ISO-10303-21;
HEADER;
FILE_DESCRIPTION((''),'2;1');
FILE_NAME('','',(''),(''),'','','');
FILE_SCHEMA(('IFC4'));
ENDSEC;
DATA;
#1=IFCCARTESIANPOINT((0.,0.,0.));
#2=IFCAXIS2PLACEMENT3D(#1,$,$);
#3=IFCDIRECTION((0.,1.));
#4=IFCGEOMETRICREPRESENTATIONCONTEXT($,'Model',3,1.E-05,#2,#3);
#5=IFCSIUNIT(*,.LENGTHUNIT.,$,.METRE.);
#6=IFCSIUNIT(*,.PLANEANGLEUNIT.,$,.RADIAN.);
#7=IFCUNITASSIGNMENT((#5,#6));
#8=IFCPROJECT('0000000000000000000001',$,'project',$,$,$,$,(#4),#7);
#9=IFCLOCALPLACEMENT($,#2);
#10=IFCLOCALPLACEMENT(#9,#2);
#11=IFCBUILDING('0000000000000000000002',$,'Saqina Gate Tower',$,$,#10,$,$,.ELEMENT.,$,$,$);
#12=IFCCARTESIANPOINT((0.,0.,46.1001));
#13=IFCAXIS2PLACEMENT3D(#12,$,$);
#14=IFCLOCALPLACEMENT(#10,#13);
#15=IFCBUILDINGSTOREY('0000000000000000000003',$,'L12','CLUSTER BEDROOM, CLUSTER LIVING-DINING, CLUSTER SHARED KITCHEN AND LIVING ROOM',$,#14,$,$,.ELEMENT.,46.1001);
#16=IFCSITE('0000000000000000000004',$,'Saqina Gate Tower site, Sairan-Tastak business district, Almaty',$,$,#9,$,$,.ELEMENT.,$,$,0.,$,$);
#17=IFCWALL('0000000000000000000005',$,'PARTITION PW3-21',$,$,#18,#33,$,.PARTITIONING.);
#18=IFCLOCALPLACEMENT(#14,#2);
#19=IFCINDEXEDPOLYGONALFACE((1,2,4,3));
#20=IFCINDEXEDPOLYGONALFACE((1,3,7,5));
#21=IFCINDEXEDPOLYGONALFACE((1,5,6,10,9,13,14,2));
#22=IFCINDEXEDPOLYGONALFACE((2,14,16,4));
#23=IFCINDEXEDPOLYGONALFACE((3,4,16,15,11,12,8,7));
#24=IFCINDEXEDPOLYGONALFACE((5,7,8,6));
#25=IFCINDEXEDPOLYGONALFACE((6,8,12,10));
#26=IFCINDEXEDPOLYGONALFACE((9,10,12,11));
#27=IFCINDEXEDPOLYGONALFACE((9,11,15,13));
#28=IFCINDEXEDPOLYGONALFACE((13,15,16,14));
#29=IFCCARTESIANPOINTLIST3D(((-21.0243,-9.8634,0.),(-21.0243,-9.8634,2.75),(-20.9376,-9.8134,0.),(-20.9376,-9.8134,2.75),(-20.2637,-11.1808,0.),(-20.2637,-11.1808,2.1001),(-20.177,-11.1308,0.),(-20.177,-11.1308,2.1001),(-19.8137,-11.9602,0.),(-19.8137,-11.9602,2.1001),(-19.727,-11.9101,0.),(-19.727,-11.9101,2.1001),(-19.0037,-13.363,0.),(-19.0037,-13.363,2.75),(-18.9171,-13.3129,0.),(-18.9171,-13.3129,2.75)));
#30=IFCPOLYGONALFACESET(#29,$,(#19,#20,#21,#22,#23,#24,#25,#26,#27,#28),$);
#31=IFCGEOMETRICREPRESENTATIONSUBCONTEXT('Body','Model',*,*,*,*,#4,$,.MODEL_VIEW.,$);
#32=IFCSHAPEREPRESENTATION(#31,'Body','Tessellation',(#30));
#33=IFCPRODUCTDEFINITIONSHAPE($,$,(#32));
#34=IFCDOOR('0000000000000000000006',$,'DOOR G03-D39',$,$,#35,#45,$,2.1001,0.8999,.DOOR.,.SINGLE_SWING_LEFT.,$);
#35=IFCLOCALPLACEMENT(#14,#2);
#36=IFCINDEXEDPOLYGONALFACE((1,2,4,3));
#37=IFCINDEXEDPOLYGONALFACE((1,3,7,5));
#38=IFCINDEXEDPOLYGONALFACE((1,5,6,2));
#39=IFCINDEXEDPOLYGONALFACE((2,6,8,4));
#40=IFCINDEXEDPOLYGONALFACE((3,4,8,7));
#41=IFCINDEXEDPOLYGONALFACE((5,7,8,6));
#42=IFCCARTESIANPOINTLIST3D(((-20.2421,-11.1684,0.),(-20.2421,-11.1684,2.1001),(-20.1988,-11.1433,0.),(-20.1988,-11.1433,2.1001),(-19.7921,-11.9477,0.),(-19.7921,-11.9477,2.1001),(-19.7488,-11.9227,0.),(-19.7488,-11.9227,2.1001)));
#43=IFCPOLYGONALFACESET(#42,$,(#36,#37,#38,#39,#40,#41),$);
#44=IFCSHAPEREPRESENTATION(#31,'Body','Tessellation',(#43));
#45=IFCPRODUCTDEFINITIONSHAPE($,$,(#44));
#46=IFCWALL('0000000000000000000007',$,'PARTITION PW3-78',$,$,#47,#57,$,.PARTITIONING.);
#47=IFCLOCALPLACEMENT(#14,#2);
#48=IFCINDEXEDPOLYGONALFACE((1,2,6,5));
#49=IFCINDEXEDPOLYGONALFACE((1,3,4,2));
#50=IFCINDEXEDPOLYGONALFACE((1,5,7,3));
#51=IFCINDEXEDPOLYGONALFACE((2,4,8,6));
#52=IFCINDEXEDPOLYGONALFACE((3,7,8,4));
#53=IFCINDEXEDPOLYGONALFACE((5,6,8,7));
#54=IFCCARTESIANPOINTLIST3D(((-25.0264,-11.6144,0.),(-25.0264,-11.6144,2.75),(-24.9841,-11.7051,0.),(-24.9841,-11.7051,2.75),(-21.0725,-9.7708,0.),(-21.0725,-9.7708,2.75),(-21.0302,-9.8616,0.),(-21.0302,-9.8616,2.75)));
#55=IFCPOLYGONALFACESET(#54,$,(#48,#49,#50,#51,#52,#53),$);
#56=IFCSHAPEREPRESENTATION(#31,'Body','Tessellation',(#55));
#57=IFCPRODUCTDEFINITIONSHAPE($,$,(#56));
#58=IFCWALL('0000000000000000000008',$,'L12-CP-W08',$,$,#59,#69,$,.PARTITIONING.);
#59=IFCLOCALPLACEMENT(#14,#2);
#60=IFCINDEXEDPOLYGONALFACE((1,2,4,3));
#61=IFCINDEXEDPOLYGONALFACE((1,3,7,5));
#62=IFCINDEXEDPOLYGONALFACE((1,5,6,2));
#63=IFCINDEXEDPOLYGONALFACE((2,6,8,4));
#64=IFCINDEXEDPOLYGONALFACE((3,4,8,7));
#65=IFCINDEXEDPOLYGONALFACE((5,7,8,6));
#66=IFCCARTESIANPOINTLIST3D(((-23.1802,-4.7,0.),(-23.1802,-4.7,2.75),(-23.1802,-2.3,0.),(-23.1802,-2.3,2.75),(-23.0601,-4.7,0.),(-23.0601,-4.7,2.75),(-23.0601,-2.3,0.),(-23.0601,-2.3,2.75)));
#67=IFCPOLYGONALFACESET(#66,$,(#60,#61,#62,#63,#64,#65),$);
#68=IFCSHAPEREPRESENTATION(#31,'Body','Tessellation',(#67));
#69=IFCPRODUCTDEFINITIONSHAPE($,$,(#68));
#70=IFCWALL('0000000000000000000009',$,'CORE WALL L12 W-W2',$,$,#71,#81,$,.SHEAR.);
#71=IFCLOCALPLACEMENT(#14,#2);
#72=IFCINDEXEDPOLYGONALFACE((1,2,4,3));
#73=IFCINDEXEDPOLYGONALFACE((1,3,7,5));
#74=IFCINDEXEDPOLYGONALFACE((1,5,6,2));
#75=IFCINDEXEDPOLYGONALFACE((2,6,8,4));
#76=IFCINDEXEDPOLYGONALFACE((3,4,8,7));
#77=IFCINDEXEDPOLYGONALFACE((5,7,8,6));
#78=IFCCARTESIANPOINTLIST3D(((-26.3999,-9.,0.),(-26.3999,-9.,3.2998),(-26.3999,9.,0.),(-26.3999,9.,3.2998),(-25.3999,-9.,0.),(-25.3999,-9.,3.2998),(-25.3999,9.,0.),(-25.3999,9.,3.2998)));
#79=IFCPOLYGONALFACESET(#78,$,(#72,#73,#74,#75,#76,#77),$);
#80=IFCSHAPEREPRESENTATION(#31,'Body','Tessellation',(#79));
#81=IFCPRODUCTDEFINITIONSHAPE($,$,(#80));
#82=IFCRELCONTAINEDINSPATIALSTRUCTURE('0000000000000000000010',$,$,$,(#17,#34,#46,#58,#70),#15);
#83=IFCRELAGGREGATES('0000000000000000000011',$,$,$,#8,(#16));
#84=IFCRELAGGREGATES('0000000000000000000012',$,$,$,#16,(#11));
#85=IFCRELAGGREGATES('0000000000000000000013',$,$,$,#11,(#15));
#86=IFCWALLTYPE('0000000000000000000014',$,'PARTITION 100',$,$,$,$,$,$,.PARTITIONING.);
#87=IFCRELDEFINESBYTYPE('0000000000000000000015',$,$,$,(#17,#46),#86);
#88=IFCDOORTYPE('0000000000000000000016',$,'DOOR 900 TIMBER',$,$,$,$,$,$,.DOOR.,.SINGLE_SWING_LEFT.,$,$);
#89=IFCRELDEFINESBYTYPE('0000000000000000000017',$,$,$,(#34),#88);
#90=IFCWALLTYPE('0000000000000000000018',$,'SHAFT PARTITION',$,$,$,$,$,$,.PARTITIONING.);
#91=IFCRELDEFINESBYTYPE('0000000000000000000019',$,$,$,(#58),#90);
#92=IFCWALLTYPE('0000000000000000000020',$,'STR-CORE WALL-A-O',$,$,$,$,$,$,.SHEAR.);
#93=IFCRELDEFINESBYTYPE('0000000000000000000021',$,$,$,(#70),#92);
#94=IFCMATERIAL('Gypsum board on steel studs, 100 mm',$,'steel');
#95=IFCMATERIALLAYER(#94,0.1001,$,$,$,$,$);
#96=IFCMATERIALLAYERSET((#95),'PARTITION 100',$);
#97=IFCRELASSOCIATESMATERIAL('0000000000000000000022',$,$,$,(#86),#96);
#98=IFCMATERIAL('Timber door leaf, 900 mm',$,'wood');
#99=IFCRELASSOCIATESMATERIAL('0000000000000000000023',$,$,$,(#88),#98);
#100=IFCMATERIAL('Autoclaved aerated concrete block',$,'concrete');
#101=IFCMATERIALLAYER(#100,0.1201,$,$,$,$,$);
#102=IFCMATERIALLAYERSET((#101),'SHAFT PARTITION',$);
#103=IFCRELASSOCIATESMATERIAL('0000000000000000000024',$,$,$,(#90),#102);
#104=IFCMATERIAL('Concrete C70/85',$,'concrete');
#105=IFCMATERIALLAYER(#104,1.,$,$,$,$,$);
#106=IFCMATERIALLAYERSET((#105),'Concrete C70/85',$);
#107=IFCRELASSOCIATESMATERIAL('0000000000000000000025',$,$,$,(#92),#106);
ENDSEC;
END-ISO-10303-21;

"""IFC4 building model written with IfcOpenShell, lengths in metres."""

from ifc_helpers import new_model, si_unit, direction, frame, frame_2d, origin, place, context, subcontext, project, spatial, rectangle, extrude, material, layer, layer_set, type_object, element, fill, save


model = new_model("IFC4")

# Units and contexts
model_context = context("Model", 3, precision=1e-05, world=origin(), true_north=direction((0.0, 1.0)))
body_context = subcontext(model_context, "Body", "Model", "MODEL_VIEW")
ifc_project = project(units=[si_unit("LENGTHUNIT", "METRE"), si_unit("PLANEANGLEUNIT", "RADIAN")], contexts=[model_context])

# Site, building, storey
site_placement = place(None, origin())
site = spatial("IfcSite", under=ifc_project, at=site_placement, Name="Saqina Gate Tower site, Sairan-Tastak business district, Almaty", CompositionType="ELEMENT", RefElevation=0.0)
building_placement = place(site_placement, origin())
building = spatial("IfcBuilding", under=site, at=building_placement, Name="Saqina Gate Tower", CompositionType="ELEMENT")
storey_placement = place(building_placement, frame((0.0, 0.0, 46.1001)))
storey = spatial("IfcBuildingStorey", under=building, at=storey_placement, Name="L12", Description="CLUSTER BEDROOM, CLUSTER LIVING-DINING, CLUSTER SHARED KITCHEN AND LIVING ROOM", CompositionType="ELEMENT", Elevation=46.1001)

# Wall, opening, door
ifc_material_1 = material(Name="Gypsum board on steel studs, 100 mm", Category="steel")
ifc_layer_1 = layer(ifc_material_1, 0.1001)
ifc_layer_set_1 = layer_set([ifc_layer_1], Name="PARTITION 100")
wall_type_1 = type_object("IfcWallType", Name="PARTITION 100", PredefinedType="PARTITIONING", material=ifc_layer_set_1)
wall_1_placement = place(storey_placement, frame((-20.981, -9.8384, 0.0), z_axis=(0.0, 0.0, 1.0), x_axis=(0.500012, -0.866019, 0.0)))
wall_1 = element("IfcWall", 1, at=wall_1_placement, inside=storey, type_object=wall_type_1, Name="PARTITION PW3-21", PredefinedType="PARTITIONING", context=body_context, shape_type="SweptSolid", body=[
    extrude(rectangle(XDim=4.041, YDim=0.1001, at=frame_2d((2.0205, 0.0))), origin(), (0.0, 0.0, 1.0), 2.75),
])
opening_1_placement = place(wall_1_placement, frame((1.5212, 0.0, 0.0)))
opening_1 = element("IfcOpeningElement", 2, at=opening_1_placement, cuts=wall_1, PredefinedType="OPENING", context=body_context, shape_type="SweptSolid", body=[
    extrude(rectangle(XDim=0.8999, YDim=2.1001, at=frame_2d((0.45, 1.05))), frame((0.0, 0.062, 0.0), z_axis=(0.0, -1.0, 0.0), x_axis=(1.0, 0.0, 0.0)), (0.0, 0.0, 1.0), 0.124),
])
ifc_material_2 = material(Name="Timber door leaf, 900 mm", Category="wood")
door_type_1 = type_object("IfcDoorType", Name="DOOR 900 TIMBER", OperationType="SINGLE_SWING_LEFT", PredefinedType="DOOR", material=ifc_material_2)
door_1_placement = place(opening_1_placement, origin())
door_1 = element("IfcDoor", 3, at=door_1_placement, inside=storey, type_object=door_type_1, Name="DOOR G03-D39", OperationType="SINGLE_SWING_LEFT", OverallHeight=2.1001, OverallWidth=0.8999, PredefinedType="DOOR", context=body_context, shape_type="SweptSolid", body=[
    extrude(rectangle(XDim=0.8999, YDim=2.1001, at=frame_2d((0.45, 1.05))), frame((0.0, 0.0249, 0.0), z_axis=(0.0, -1.0, 0.0), x_axis=(1.0, 0.0, 0.0)), (0.0, 0.0, 1.0), 0.05),
])
fill(opening_1, door_1)

# Walls
wall_2_placement = place(storey_placement, frame((-25.0051, -11.6597, 0.0), z_axis=(0.0, 0.0, 1.0), x_axis=(0.906326, 0.422579, 0.0)))
element("IfcWall", 4, at=wall_2_placement, inside=storey, type_object=wall_type_1, Name="PARTITION PW3-78", PredefinedType="PARTITIONING", context=body_context, shape_type="SweptSolid", body=[
    extrude(rectangle(XDim=4.3625, YDim=0.1001, at=frame_2d((2.1812, 0.0))), origin(), (0.0, 0.0, 1.0), 2.75),
])
ifc_material_3 = material(Name="Autoclaved aerated concrete block", Category="concrete")
ifc_layer_2 = layer(ifc_material_3, 0.1201)
ifc_layer_set_2 = layer_set([ifc_layer_2], Name="SHAFT PARTITION")
wall_type_2 = type_object("IfcWallType", Name="SHAFT PARTITION", PredefinedType="PARTITIONING", material=ifc_layer_set_2)
wall_3_placement = place(storey_placement, frame((-23.1201, -4.7, 0.0), z_axis=(0.0, 0.0, 1.0), x_axis=(0.0, 1.0, 0.0)))
element("IfcWall", 5, at=wall_3_placement, inside=storey, type_object=wall_type_2, Name="L12-CP-W08", PredefinedType="PARTITIONING", context=body_context, shape_type="SweptSolid", body=[
    extrude(rectangle(XDim=2.3999, YDim=0.1201, at=frame_2d((1.2, 0.0))), origin(), (0.0, 0.0, 1.0), 2.75),
])
ifc_material_4 = material(Name="Concrete C70/85", Category="concrete")
ifc_layer_3 = layer(ifc_material_4, 1.0)
ifc_layer_set_3 = layer_set([ifc_layer_3], Name="Concrete C70/85")
wall_type_3 = type_object("IfcWallType", Name="STR-CORE WALL-A-O", PredefinedType="SHEAR", material=ifc_layer_set_3)
wall_4_placement = place(storey_placement, frame((-25.8999, -9.0, 0.0), z_axis=(0.0, 0.0, 1.0), x_axis=(0.0, 1.0, 0.0)))
element("IfcWall", 6, at=wall_4_placement, inside=storey, type_object=wall_type_3, Name="CORE WALL L12 W-W2", PredefinedType="SHEAR", context=body_context, shape_type="SweptSolid", body=[
    extrude(rectangle(XDim=18.0, YDim=1.0, at=frame_2d((9.0, 0.0))), origin(), (0.0, 0.0, 1.0), 3.2998),
])

save(model, "model.ifc")
